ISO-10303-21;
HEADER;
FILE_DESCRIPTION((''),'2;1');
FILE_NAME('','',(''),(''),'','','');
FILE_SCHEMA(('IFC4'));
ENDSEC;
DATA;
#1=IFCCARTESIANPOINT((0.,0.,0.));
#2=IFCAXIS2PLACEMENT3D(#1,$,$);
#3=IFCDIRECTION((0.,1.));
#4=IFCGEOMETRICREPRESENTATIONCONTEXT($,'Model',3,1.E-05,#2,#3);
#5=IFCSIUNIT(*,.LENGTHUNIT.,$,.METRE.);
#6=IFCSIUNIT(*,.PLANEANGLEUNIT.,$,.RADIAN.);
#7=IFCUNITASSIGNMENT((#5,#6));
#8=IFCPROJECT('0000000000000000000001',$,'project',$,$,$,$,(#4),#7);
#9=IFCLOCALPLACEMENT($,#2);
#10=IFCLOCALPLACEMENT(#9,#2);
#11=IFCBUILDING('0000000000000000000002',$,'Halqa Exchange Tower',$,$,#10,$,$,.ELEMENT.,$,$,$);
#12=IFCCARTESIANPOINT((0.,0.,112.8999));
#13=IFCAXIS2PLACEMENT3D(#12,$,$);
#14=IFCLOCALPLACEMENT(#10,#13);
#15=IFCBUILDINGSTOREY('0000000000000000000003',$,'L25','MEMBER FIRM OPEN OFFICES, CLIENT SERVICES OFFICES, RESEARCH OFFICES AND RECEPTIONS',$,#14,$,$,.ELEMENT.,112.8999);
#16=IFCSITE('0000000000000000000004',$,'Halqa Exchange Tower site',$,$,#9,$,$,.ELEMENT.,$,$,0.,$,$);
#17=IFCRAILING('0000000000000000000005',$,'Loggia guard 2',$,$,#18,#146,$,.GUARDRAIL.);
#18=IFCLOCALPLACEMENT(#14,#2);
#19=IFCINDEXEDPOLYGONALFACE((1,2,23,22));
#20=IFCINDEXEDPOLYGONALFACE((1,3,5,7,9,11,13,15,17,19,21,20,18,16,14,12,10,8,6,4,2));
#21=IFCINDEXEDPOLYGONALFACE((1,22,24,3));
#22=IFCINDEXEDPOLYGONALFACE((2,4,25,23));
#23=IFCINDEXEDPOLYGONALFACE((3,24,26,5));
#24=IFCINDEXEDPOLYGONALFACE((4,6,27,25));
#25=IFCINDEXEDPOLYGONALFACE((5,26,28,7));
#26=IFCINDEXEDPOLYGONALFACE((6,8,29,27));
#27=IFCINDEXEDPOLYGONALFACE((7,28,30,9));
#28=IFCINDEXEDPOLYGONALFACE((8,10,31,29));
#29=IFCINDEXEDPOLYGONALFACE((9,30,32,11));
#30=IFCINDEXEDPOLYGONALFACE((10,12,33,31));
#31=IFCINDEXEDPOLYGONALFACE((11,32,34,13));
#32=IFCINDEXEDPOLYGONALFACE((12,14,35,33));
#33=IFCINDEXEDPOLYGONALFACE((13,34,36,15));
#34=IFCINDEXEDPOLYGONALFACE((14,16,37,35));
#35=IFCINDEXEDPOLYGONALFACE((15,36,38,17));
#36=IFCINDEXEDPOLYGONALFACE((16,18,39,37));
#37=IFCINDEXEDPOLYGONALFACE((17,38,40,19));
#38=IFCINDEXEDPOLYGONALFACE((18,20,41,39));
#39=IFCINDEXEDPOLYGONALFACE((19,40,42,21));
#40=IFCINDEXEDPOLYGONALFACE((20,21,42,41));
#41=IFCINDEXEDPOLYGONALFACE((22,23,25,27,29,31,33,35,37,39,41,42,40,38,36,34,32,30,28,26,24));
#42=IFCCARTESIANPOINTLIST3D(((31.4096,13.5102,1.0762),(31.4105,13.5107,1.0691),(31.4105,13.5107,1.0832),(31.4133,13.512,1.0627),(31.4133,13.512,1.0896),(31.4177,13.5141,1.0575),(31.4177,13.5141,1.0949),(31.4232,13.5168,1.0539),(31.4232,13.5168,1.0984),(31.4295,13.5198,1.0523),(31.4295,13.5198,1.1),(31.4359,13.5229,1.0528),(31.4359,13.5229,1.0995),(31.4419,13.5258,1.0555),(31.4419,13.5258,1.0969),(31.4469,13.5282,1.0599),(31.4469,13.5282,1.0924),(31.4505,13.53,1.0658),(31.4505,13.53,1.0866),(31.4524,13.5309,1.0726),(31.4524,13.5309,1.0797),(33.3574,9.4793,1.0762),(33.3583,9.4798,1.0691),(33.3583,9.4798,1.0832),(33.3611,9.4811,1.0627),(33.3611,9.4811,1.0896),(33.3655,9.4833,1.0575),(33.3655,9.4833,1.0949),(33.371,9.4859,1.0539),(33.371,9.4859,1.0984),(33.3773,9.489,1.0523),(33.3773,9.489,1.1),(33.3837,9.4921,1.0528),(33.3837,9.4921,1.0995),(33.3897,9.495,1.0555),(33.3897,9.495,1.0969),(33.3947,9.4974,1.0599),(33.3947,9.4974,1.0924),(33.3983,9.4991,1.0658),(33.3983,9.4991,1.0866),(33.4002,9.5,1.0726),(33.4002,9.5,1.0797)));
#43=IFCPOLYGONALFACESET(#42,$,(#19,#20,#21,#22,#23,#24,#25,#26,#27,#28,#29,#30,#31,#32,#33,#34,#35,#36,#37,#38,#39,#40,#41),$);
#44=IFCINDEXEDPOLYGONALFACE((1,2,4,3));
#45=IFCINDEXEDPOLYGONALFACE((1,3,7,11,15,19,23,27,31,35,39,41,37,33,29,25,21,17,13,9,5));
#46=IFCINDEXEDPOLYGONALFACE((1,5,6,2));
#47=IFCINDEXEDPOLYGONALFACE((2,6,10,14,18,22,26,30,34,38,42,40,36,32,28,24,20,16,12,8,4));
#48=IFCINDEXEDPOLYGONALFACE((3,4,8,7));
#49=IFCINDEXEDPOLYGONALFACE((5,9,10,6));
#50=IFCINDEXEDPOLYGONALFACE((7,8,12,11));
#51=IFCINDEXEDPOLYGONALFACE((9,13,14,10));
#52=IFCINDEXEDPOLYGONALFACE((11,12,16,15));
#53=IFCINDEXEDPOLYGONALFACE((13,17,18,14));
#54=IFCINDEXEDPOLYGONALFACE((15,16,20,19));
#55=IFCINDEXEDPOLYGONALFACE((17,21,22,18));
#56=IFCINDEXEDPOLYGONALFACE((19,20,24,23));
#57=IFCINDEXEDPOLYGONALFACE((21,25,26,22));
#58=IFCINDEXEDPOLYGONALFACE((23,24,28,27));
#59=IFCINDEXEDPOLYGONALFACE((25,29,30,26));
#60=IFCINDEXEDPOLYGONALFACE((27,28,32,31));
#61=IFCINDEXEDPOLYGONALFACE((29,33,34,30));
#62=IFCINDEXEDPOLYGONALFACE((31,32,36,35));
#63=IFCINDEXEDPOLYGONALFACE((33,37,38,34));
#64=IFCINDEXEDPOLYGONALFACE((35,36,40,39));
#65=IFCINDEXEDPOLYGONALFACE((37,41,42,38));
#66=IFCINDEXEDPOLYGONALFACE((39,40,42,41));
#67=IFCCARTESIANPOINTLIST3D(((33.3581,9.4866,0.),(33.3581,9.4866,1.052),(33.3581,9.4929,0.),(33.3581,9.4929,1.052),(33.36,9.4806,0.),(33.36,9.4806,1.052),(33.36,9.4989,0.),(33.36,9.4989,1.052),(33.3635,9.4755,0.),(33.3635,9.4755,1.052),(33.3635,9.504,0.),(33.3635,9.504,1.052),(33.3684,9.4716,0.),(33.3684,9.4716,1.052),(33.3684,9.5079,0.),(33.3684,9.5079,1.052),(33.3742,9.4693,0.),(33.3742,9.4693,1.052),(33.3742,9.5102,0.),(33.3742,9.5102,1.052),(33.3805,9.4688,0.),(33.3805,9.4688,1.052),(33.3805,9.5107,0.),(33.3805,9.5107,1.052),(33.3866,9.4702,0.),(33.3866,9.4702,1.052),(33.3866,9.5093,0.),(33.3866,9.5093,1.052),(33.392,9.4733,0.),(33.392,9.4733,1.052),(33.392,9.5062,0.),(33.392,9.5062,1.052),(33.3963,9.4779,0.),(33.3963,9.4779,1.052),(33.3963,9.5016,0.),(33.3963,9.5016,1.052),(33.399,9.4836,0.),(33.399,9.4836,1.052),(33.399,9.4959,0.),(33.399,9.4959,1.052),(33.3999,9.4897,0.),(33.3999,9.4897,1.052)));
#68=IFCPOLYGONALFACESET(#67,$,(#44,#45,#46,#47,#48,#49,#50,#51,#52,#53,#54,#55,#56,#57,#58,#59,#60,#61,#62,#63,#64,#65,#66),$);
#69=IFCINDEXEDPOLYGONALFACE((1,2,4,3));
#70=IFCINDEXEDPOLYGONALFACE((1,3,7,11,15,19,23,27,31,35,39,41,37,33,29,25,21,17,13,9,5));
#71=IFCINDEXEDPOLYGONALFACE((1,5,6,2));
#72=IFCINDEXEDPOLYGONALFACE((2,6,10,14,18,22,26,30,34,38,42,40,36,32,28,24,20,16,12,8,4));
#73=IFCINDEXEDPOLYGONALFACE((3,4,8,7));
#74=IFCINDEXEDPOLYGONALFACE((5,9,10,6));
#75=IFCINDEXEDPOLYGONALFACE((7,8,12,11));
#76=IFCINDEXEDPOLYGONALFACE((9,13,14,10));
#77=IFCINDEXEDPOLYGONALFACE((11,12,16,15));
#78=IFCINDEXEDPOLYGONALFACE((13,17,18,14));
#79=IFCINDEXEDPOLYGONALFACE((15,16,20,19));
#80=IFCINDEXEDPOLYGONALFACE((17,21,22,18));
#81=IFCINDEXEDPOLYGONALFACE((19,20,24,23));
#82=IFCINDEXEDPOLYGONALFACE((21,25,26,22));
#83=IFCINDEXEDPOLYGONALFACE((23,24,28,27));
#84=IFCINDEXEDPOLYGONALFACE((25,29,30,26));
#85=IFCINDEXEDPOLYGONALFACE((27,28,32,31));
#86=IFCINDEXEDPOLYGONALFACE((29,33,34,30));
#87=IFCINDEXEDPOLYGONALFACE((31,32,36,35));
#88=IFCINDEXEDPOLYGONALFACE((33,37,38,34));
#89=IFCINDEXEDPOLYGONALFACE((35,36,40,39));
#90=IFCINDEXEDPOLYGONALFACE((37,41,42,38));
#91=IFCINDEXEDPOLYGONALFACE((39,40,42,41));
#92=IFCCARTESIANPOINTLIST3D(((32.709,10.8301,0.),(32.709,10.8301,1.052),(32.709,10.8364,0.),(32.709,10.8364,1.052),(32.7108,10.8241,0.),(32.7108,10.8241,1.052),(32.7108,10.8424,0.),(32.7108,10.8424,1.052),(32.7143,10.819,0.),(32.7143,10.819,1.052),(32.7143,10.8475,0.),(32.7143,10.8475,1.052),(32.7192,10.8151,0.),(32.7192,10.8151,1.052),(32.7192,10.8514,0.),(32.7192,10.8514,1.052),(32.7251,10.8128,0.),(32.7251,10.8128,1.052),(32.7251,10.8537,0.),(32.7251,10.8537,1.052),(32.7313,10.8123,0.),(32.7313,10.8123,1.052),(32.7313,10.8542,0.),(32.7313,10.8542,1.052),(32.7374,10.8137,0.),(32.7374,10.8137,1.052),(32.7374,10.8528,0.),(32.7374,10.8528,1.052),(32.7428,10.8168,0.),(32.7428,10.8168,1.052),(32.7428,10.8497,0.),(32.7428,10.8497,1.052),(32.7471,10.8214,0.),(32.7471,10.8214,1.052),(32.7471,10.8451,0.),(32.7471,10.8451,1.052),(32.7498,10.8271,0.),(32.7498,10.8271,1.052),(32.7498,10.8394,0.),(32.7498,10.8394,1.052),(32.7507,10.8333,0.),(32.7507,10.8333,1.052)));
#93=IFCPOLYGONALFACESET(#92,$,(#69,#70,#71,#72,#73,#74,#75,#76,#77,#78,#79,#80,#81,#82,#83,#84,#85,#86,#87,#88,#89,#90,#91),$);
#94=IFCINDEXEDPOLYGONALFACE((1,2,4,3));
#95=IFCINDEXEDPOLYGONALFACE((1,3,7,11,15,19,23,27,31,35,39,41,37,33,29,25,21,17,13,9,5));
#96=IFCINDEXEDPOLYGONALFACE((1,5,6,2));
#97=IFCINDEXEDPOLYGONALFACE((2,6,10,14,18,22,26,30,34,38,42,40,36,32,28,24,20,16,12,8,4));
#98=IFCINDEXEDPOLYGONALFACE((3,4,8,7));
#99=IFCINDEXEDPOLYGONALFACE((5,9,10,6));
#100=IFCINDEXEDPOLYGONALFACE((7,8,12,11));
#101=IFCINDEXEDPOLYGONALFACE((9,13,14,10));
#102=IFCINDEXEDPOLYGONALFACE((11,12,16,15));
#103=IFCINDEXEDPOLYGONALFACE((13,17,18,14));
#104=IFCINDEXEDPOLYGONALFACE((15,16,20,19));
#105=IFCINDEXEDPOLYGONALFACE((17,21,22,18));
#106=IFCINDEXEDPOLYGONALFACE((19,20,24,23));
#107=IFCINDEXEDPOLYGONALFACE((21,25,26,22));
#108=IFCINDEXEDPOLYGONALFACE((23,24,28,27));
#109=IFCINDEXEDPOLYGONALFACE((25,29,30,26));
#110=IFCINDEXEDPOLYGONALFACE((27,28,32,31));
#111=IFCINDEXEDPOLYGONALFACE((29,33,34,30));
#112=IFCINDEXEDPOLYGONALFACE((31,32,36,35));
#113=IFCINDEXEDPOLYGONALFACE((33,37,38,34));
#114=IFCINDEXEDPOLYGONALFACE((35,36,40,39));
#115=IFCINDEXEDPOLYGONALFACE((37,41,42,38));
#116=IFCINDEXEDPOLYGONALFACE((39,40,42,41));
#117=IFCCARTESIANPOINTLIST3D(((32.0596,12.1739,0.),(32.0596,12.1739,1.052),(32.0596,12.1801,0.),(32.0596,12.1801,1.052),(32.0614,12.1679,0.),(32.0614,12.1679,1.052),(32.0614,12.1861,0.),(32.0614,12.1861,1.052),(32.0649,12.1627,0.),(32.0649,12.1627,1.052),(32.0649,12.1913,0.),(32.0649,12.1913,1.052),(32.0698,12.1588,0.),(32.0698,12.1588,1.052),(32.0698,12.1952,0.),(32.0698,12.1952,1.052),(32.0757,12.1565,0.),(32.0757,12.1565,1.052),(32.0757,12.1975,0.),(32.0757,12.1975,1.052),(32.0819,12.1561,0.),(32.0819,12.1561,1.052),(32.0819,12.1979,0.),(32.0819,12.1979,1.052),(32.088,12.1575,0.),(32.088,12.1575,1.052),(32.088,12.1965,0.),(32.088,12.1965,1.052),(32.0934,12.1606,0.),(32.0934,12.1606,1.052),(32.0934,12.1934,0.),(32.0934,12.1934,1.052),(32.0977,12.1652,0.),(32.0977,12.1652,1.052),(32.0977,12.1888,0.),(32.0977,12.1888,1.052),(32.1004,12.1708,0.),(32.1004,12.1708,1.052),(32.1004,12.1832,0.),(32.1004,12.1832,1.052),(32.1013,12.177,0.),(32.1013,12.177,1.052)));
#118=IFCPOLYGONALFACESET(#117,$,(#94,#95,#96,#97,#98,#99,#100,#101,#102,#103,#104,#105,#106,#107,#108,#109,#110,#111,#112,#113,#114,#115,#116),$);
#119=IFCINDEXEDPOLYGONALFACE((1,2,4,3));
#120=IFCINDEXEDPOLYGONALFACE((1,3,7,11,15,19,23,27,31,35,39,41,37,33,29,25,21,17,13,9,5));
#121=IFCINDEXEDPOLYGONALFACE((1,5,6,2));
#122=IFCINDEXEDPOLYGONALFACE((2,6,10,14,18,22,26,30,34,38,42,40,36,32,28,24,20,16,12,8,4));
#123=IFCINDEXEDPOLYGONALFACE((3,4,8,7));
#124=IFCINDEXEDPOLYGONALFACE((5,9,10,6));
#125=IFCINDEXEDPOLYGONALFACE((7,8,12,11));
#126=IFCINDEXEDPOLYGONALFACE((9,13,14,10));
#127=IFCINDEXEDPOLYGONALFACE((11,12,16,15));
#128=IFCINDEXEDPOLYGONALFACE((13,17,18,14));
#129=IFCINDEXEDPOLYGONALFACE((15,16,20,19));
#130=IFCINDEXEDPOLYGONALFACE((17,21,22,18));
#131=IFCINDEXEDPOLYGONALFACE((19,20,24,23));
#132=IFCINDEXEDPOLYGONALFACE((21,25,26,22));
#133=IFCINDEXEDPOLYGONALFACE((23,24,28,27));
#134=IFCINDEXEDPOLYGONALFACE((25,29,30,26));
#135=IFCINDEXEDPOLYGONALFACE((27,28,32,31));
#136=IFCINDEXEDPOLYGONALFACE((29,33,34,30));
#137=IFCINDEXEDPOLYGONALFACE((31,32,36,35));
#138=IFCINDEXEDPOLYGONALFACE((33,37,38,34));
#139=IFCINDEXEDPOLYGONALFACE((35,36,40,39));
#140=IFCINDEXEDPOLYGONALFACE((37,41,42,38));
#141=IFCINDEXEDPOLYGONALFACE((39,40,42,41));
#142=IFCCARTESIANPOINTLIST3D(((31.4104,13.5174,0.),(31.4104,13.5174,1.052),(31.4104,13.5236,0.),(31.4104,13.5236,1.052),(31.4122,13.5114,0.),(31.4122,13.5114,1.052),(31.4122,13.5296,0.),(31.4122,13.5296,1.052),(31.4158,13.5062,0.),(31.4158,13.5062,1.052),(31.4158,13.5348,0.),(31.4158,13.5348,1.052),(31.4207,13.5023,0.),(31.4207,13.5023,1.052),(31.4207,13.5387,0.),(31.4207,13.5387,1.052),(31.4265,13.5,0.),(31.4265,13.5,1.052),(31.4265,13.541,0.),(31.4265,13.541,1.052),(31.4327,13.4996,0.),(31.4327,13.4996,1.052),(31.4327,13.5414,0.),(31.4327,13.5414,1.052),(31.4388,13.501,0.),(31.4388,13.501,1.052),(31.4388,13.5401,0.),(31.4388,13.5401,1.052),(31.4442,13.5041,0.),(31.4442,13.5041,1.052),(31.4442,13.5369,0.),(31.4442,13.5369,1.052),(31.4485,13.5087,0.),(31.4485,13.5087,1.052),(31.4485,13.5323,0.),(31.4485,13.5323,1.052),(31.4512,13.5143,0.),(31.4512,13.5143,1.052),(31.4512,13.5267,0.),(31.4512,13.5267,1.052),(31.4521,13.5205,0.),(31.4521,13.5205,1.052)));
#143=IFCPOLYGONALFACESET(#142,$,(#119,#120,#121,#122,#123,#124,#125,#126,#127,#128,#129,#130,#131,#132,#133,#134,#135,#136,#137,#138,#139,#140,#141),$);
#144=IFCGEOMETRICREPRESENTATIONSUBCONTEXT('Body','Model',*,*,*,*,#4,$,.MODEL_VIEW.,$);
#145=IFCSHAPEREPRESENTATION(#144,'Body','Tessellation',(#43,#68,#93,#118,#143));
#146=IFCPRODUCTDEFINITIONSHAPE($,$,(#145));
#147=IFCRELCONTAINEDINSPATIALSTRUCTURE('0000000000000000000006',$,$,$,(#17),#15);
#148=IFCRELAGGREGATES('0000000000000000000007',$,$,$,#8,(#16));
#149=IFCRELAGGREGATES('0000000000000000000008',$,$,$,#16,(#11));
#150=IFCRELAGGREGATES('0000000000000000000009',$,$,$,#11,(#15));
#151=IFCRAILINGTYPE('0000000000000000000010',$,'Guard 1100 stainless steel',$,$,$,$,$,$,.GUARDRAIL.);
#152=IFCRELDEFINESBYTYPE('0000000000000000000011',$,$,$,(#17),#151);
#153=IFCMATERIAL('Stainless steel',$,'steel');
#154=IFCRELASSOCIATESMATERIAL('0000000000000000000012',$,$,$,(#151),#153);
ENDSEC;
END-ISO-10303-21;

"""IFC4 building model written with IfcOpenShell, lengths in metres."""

from ifc_helpers import new_model, si_unit, direction, frame, origin, origin_2d, place, context, subcontext, project, spatial, circle, extrude, material, type_object, element, save


model = new_model("IFC4")

# Units and contexts
model_context = context("Model", 3, precision=1e-05, world=origin(), true_north=direction((0.0, 1.0)))
body_context = subcontext(model_context, "Body", "Model", "MODEL_VIEW")
ifc_project = project(units=[si_unit("LENGTHUNIT", "METRE"), si_unit("PLANEANGLEUNIT", "RADIAN")], contexts=[model_context])

# Site, building, storey
site_placement = place(None, origin())
site = spatial("IfcSite", under=ifc_project, at=site_placement, Name="Halqa Exchange Tower site", CompositionType="ELEMENT", RefElevation=0.0)
building_placement = place(site_placement, origin())
building = spatial("IfcBuilding", under=site, at=building_placement, Name="Halqa Exchange Tower", CompositionType="ELEMENT")
storey_placement = place(building_placement, frame((0.0, 0.0, 112.8999)))
storey = spatial("IfcBuildingStorey", under=building, at=storey_placement, Name="L25", Description="MEMBER FIRM OPEN OFFICES, CLIENT SERVICES OFFICES, RESEARCH OFFICES AND RECEPTIONS", CompositionType="ELEMENT", Elevation=112.8999)

# Railing
ifc_material_1 = material(Name="Stainless steel", Category="steel")
railing_type = type_object("IfcRailingType", Name="Guard 1100 stainless steel", PredefinedType="GUARDRAIL", material=ifc_material_1)
railing_1_placement = place(storey_placement, frame((33.3789, 9.4897, 0.0)))
element("IfcRailing", 1, at=railing_1_placement, inside=storey, type_object=railing_type, Name="Loggia guard 2", PredefinedType="GUARDRAIL", context=body_context, shape_type="SweptSolid", body=[
    extrude(circle(Radius=0.0239, at=origin_2d()), frame((0.0, 0.0, 1.0762), z_axis=(-0.435088, 0.900388, 0.0), x_axis=(-0.900388, -0.435088, 0.0)), (0.0, 0.0, 1.0), 4.4768),
    extrude(circle(Radius=0.021, at=origin_2d()), origin(), (0.0, 0.0, 1.0), 1.052),
    extrude(circle(Radius=0.021, at=origin_2d()), frame((-0.6492, 1.3435, 0.0)), (0.0, 0.0, 1.0), 1.052),
    extrude(circle(Radius=0.021, at=origin_2d()), frame((-1.2986, 2.6873, 0.0)), (0.0, 0.0, 1.0), 1.052),
    extrude(circle(Radius=0.021, at=origin_2d()), frame((-1.9478, 4.0308, 0.0)), (0.0, 0.0, 1.0), 1.052),
])

save(model, "model.ifc")
